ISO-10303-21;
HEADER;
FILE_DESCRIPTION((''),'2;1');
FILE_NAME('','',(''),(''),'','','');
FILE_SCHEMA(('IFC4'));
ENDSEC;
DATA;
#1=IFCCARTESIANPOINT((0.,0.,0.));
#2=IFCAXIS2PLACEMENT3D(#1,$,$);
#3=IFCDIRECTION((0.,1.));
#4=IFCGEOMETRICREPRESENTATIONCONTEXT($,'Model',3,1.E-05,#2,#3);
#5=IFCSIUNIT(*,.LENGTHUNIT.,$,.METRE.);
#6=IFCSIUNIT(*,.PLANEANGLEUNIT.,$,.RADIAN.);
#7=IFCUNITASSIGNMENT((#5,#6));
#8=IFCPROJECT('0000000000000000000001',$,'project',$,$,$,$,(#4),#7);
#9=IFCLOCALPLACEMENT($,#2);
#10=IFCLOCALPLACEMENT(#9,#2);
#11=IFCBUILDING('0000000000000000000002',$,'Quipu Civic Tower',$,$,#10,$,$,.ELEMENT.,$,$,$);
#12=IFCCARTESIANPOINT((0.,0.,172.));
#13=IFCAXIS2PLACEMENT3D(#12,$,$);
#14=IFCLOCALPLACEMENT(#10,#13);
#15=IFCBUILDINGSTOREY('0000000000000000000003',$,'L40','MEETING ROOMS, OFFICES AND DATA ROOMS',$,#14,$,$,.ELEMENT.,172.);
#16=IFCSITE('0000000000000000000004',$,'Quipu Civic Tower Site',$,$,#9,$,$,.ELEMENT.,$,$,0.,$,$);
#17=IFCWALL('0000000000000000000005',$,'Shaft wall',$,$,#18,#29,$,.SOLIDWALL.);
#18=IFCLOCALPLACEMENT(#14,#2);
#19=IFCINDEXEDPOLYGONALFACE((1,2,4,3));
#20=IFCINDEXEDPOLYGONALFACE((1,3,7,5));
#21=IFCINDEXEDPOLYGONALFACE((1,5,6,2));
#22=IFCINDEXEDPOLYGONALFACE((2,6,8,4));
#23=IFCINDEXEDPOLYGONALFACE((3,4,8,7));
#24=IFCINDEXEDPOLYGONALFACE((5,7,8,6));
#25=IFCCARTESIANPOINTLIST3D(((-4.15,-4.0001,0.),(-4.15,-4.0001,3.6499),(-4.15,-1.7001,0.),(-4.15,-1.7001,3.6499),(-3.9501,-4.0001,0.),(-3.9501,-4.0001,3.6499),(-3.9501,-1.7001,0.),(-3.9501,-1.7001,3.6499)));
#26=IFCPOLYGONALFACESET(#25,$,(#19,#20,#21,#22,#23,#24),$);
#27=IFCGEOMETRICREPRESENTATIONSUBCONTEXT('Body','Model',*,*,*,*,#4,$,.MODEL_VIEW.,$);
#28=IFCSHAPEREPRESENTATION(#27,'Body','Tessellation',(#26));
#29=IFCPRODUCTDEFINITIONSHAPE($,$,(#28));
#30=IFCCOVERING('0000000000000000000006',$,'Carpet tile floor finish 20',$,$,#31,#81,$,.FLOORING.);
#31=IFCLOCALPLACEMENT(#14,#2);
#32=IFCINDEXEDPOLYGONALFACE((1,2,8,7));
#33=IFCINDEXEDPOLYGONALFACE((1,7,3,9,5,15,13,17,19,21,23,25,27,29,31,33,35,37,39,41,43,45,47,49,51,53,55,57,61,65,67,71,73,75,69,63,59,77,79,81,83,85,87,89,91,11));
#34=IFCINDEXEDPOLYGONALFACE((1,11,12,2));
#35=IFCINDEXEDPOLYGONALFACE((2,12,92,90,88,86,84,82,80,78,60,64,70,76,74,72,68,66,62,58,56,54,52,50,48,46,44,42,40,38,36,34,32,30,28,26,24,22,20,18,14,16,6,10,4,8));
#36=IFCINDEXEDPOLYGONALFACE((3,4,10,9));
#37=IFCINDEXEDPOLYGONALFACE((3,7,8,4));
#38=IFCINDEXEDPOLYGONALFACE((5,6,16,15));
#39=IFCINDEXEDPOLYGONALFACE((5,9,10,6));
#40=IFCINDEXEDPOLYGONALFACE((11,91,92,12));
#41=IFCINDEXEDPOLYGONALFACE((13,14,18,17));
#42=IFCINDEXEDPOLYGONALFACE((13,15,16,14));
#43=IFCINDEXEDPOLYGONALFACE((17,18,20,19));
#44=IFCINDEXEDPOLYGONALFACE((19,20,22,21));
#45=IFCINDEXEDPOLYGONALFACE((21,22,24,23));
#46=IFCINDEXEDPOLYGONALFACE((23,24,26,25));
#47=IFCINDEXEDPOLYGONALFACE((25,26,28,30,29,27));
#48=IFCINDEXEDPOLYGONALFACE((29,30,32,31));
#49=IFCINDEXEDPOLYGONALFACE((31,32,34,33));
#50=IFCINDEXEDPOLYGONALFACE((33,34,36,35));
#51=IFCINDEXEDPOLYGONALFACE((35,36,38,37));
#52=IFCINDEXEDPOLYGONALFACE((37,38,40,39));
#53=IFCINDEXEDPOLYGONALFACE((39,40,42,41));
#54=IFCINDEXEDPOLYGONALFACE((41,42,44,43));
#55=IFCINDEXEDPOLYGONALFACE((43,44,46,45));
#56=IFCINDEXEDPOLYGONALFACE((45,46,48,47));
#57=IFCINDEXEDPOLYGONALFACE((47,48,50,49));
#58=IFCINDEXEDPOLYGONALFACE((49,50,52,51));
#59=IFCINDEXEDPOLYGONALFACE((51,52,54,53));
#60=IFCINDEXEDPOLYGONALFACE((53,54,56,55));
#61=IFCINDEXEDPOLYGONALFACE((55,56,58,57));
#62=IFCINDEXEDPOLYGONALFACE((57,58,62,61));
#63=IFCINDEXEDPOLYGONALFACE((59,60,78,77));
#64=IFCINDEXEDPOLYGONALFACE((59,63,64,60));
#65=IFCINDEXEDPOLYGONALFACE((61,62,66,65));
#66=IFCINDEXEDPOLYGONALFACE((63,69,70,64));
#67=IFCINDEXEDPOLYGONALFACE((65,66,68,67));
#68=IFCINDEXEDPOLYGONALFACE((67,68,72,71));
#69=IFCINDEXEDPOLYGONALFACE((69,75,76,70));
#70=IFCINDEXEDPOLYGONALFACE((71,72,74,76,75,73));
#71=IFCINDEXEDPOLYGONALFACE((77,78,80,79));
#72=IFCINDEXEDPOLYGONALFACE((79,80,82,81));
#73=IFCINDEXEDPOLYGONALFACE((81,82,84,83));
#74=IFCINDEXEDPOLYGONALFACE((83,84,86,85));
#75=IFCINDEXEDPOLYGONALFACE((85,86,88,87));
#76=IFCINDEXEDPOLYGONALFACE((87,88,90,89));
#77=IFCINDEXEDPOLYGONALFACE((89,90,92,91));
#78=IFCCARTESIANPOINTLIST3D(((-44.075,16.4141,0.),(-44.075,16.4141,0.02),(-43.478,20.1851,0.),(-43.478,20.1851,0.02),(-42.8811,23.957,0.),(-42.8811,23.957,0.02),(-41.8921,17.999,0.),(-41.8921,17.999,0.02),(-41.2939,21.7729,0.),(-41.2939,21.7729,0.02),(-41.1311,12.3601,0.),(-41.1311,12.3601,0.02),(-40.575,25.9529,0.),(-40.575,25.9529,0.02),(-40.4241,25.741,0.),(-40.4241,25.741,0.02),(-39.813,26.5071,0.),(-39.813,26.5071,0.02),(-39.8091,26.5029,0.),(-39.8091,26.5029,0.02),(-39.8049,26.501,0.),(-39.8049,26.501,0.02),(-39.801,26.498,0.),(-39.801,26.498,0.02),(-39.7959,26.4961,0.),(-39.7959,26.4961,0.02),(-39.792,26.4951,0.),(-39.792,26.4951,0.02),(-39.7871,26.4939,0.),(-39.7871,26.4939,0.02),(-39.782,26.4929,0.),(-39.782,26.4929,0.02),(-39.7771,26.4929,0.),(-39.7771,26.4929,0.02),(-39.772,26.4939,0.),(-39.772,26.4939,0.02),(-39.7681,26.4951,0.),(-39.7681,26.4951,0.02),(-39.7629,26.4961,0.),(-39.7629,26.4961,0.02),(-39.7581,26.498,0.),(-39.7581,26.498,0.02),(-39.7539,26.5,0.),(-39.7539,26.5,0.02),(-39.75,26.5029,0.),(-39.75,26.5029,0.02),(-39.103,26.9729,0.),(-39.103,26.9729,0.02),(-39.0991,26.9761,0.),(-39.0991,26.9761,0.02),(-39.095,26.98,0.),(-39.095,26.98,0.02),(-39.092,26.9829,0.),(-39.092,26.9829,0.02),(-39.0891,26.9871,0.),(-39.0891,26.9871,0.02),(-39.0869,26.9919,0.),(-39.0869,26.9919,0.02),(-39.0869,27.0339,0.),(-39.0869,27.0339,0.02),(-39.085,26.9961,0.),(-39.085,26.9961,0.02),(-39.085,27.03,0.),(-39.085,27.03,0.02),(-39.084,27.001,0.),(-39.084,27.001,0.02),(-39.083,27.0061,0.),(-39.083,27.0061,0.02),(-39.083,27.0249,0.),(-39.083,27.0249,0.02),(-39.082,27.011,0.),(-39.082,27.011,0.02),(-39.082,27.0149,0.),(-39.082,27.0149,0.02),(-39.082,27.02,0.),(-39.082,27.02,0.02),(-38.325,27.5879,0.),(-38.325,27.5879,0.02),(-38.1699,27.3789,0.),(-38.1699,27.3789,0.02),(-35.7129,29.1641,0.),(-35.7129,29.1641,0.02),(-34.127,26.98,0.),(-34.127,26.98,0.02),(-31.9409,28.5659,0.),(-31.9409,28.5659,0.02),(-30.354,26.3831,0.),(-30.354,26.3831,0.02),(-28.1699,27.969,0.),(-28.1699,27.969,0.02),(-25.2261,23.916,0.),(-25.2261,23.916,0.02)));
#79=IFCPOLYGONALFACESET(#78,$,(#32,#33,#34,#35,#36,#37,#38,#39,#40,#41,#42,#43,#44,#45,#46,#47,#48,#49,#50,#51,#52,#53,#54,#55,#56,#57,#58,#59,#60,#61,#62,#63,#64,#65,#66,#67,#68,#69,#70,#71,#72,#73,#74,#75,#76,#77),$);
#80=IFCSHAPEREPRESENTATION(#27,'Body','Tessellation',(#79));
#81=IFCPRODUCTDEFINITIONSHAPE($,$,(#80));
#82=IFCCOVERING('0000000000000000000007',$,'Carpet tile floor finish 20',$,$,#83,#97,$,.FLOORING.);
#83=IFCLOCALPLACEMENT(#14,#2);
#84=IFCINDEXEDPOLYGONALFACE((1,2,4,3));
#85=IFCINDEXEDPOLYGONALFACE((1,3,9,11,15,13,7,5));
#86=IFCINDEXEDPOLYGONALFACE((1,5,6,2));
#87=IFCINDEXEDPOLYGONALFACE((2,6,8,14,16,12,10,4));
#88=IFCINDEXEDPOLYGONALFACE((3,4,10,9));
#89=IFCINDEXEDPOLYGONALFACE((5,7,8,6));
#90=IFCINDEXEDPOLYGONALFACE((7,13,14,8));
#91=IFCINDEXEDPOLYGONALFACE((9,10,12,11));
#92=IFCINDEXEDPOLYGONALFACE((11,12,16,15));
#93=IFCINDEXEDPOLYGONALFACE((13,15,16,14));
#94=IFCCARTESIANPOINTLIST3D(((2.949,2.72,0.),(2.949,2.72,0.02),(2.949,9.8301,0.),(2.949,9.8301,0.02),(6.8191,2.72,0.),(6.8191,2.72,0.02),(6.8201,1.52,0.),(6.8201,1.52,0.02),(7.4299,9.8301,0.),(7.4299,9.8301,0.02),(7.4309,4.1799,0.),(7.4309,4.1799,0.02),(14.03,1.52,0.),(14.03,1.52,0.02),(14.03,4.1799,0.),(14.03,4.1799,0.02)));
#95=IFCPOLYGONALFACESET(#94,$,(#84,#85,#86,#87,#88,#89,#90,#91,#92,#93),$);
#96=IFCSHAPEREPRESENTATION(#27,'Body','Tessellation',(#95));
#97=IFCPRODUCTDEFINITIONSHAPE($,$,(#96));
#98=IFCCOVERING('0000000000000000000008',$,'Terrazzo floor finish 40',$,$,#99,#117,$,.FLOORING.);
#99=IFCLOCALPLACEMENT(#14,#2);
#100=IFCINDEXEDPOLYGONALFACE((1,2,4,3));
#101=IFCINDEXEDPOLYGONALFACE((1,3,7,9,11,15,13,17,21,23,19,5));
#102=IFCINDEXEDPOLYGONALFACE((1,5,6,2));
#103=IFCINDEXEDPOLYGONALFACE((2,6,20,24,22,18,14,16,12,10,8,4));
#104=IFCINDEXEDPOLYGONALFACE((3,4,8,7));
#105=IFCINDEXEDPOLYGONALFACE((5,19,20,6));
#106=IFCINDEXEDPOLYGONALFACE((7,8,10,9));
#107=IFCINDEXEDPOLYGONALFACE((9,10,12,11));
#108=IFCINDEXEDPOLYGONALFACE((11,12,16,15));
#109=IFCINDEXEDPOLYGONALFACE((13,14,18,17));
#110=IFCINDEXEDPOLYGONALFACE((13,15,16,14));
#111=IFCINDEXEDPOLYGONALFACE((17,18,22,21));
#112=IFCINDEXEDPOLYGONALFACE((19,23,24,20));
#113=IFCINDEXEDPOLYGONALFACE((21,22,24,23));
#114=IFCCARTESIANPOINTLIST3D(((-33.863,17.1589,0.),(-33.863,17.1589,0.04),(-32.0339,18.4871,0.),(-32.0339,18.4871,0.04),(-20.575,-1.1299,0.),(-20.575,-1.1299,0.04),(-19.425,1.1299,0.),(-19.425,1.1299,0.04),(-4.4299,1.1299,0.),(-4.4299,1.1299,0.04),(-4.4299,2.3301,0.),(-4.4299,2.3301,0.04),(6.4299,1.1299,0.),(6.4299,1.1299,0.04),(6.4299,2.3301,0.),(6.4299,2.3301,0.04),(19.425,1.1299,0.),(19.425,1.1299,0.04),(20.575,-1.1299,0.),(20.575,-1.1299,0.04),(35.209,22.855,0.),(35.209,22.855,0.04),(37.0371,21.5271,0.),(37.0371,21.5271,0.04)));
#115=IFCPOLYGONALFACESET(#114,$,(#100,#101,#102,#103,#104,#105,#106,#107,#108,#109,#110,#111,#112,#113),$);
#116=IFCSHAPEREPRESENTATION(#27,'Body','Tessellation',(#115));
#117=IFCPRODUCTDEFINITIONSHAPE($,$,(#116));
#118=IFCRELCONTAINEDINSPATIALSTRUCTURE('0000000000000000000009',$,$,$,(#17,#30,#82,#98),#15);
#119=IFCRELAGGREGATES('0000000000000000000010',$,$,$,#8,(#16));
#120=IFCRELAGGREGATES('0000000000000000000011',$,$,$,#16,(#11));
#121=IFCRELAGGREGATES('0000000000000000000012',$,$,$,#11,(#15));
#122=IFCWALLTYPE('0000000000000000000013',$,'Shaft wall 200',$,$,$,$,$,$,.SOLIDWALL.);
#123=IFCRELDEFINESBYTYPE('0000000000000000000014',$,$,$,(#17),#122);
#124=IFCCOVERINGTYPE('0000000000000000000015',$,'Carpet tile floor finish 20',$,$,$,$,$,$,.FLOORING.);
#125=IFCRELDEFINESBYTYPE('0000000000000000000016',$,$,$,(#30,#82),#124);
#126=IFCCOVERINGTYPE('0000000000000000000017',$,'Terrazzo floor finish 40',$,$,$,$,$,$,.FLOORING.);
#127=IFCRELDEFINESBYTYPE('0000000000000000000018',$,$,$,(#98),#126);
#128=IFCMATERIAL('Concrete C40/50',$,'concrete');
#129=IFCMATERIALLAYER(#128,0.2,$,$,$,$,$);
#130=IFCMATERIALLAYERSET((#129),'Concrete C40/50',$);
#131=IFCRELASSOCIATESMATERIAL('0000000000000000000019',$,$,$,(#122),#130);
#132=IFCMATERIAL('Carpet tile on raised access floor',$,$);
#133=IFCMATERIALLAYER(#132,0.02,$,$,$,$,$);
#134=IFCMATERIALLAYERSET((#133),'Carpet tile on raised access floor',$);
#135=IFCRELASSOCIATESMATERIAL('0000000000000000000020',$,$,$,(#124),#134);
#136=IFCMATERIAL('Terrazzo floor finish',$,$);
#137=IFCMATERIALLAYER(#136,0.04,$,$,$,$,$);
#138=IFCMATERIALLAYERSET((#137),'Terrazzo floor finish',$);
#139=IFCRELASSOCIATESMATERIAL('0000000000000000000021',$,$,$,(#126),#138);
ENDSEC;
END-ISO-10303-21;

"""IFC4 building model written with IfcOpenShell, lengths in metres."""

from ifc_helpers import new_model, si_unit, direction, frame, frame_2d, origin, place, context, subcontext, project, spatial, polyline, rectangle, outline, extrude, material, layer, layer_set, type_object, element, save


model = new_model("IFC4")

# Units and contexts
model_context = context("Model", 3, precision=1e-05, world=origin(), true_north=direction((0.0, 1.0)))
body_context = subcontext(model_context, "Body", "Model", "MODEL_VIEW")
ifc_project = project(units=[si_unit("LENGTHUNIT", "METRE"), si_unit("PLANEANGLEUNIT", "RADIAN")], contexts=[model_context])

# Site, building, storey
site_placement = place(None, origin())
site = spatial("IfcSite", under=ifc_project, at=site_placement, Name="Quipu Civic Tower Site", CompositionType="ELEMENT", RefElevation=0.0)
building_placement = place(site_placement, origin())
building = spatial("IfcBuilding", under=site, at=building_placement, Name="Quipu Civic Tower", CompositionType="ELEMENT")
storey_placement = place(building_placement, frame((0.0, 0.0, 172.0)))
storey = spatial("IfcBuildingStorey", under=building, at=storey_placement, Name="L40", Description="MEETING ROOMS, OFFICES AND DATA ROOMS", CompositionType="ELEMENT", Elevation=172.0)

# Shared definitions
ifc_material_1 = material(Name="Concrete C40/50", Category="concrete")
ifc_layer_1 = layer(ifc_material_1, 0.2)
ifc_layer_set_1 = layer_set([ifc_layer_1], Name="Concrete C40/50")
wall_type_1 = type_object("IfcWallType", Name="Shaft wall 200", PredefinedType="SOLIDWALL", material=ifc_layer_set_1)

# Wall
wall_1_placement = place(storey_placement, frame((-4.05, -4.0, 0.0), z_axis=(0.0, 0.0, 1.0), x_axis=(0.0, 1.0, 0.0)))
element("IfcWall", 1, at=wall_1_placement, inside=storey, type_object=wall_type_1, Name="Shaft wall", PredefinedType="SOLIDWALL", context=body_context, shape_type="SweptSolid", body=[
    extrude(rectangle(XDim=2.3, YDim=0.2, at=frame_2d((1.1499, 0.0))), origin(), (0.0, 0.0, 1.0), 3.6499),
])

# Coverings
ifc_material_2 = material(Name="Carpet tile on raised access floor")
ifc_layer_2 = layer(ifc_material_2, 0.02)
ifc_layer_set_2 = layer_set([ifc_layer_2], Name="Carpet tile on raised access floor")
covering_type_1 = type_object("IfcCoveringType", Name="Carpet tile floor finish 20", PredefinedType="FLOORING", material=ifc_layer_set_2)
covering_1_placement = place(storey_placement, origin())
element("IfcCovering", 2, at=covering_1_placement, inside=storey, type_object=covering_type_1, Name="Carpet tile floor finish 20", PredefinedType="FLOORING", context=body_context, shape_type="SweptSolid", body=[
    extrude(outline(polyline([(-44.075, 16.4141), (-41.8921, 17.999), (-43.478, 20.1851), (-41.2939, 21.7729), (-42.8811, 23.957), (-40.4241, 25.741), (-40.575, 25.9529), (-39.813, 26.5071), (-39.8091, 26.5029), (-39.8049, 26.501), (-39.801, 26.498), (-39.7959, 26.4961), (-39.792, 26.4951), (-39.7871, 26.4939), (-39.782, 26.4929), (-39.7771, 26.4929), (-39.772, 26.4939), (-39.7681, 26.4951), (-39.7629, 26.4961), (-39.7581, 26.498), (-39.7539, 26.5), (-39.75, 26.5029), (-39.103, 26.9729), (-39.0991, 26.9761), (-39.095, 26.98), (-39.092, 26.9829), (-39.0891, 26.9871), (-39.0869, 26.9919), (-39.085, 26.9961), (-39.084, 27.001), (-39.083, 27.0061), (-39.082, 27.011), (-39.082, 27.0149), (-39.082, 27.02), (-39.083, 27.0249), (-39.085, 27.03), (-39.0869, 27.0339), (-38.325, 27.5879), (-38.1699, 27.3789), (-35.7129, 29.1641), (-34.127, 26.98), (-31.9409, 28.5659), (-30.354, 26.3831), (-28.1699, 27.969), (-25.2261, 23.916), (-41.1311, 12.3601), (-44.075, 16.4141)])), origin(), (0.0, 0.0, 1.0), 0.02),
])
covering_2_placement = place(storey_placement, origin())
element("IfcCovering", 3, at=covering_2_placement, inside=storey, type_object=covering_type_1, Name="Carpet tile floor finish 20", PredefinedType="FLOORING", context=body_context, shape_type="SweptSolid", body=[
    extrude(outline(polyline([(2.949, 2.72), (2.949, 9.8301), (7.4299, 9.8301), (7.4309, 4.1799), (14.03, 4.1799), (14.03, 1.52), (6.8201, 1.52), (6.8191, 2.72), (2.949, 2.72)])), origin(), (0.0, 0.0, 1.0), 0.02),
])
ifc_material_3 = material(Name="Terrazzo floor finish")
ifc_layer_3 = layer(ifc_material_3, 0.04)
ifc_layer_set_3 = layer_set([ifc_layer_3], Name="Terrazzo floor finish")
covering_type_2 = type_object("IfcCoveringType", Name="Terrazzo floor finish 40", PredefinedType="FLOORING", material=ifc_layer_set_3)
covering_3_placement = place(storey_placement, origin())
element("IfcCovering", 4, at=covering_3_placement, inside=storey, type_object=covering_type_2, Name="Terrazzo floor finish 40", PredefinedType="FLOORING", context=body_context, shape_type="SweptSolid", body=[
    extrude(outline(polyline([(19.425, 1.1299), (35.209, 22.855), (37.0371, 21.5271), (20.575, -1.1299), (-20.575, -1.1299), (-33.863, 17.1589), (-32.0339, 18.4871), (-19.425, 1.1299), (-4.4299, 1.1299), (-4.4299, 2.3301), (6.4299, 2.3301), (6.4299, 1.1299), (19.425, 1.1299)])), origin(), (0.0, 0.0, 1.0), 0.04),
])

save(model, "model.ifc")
